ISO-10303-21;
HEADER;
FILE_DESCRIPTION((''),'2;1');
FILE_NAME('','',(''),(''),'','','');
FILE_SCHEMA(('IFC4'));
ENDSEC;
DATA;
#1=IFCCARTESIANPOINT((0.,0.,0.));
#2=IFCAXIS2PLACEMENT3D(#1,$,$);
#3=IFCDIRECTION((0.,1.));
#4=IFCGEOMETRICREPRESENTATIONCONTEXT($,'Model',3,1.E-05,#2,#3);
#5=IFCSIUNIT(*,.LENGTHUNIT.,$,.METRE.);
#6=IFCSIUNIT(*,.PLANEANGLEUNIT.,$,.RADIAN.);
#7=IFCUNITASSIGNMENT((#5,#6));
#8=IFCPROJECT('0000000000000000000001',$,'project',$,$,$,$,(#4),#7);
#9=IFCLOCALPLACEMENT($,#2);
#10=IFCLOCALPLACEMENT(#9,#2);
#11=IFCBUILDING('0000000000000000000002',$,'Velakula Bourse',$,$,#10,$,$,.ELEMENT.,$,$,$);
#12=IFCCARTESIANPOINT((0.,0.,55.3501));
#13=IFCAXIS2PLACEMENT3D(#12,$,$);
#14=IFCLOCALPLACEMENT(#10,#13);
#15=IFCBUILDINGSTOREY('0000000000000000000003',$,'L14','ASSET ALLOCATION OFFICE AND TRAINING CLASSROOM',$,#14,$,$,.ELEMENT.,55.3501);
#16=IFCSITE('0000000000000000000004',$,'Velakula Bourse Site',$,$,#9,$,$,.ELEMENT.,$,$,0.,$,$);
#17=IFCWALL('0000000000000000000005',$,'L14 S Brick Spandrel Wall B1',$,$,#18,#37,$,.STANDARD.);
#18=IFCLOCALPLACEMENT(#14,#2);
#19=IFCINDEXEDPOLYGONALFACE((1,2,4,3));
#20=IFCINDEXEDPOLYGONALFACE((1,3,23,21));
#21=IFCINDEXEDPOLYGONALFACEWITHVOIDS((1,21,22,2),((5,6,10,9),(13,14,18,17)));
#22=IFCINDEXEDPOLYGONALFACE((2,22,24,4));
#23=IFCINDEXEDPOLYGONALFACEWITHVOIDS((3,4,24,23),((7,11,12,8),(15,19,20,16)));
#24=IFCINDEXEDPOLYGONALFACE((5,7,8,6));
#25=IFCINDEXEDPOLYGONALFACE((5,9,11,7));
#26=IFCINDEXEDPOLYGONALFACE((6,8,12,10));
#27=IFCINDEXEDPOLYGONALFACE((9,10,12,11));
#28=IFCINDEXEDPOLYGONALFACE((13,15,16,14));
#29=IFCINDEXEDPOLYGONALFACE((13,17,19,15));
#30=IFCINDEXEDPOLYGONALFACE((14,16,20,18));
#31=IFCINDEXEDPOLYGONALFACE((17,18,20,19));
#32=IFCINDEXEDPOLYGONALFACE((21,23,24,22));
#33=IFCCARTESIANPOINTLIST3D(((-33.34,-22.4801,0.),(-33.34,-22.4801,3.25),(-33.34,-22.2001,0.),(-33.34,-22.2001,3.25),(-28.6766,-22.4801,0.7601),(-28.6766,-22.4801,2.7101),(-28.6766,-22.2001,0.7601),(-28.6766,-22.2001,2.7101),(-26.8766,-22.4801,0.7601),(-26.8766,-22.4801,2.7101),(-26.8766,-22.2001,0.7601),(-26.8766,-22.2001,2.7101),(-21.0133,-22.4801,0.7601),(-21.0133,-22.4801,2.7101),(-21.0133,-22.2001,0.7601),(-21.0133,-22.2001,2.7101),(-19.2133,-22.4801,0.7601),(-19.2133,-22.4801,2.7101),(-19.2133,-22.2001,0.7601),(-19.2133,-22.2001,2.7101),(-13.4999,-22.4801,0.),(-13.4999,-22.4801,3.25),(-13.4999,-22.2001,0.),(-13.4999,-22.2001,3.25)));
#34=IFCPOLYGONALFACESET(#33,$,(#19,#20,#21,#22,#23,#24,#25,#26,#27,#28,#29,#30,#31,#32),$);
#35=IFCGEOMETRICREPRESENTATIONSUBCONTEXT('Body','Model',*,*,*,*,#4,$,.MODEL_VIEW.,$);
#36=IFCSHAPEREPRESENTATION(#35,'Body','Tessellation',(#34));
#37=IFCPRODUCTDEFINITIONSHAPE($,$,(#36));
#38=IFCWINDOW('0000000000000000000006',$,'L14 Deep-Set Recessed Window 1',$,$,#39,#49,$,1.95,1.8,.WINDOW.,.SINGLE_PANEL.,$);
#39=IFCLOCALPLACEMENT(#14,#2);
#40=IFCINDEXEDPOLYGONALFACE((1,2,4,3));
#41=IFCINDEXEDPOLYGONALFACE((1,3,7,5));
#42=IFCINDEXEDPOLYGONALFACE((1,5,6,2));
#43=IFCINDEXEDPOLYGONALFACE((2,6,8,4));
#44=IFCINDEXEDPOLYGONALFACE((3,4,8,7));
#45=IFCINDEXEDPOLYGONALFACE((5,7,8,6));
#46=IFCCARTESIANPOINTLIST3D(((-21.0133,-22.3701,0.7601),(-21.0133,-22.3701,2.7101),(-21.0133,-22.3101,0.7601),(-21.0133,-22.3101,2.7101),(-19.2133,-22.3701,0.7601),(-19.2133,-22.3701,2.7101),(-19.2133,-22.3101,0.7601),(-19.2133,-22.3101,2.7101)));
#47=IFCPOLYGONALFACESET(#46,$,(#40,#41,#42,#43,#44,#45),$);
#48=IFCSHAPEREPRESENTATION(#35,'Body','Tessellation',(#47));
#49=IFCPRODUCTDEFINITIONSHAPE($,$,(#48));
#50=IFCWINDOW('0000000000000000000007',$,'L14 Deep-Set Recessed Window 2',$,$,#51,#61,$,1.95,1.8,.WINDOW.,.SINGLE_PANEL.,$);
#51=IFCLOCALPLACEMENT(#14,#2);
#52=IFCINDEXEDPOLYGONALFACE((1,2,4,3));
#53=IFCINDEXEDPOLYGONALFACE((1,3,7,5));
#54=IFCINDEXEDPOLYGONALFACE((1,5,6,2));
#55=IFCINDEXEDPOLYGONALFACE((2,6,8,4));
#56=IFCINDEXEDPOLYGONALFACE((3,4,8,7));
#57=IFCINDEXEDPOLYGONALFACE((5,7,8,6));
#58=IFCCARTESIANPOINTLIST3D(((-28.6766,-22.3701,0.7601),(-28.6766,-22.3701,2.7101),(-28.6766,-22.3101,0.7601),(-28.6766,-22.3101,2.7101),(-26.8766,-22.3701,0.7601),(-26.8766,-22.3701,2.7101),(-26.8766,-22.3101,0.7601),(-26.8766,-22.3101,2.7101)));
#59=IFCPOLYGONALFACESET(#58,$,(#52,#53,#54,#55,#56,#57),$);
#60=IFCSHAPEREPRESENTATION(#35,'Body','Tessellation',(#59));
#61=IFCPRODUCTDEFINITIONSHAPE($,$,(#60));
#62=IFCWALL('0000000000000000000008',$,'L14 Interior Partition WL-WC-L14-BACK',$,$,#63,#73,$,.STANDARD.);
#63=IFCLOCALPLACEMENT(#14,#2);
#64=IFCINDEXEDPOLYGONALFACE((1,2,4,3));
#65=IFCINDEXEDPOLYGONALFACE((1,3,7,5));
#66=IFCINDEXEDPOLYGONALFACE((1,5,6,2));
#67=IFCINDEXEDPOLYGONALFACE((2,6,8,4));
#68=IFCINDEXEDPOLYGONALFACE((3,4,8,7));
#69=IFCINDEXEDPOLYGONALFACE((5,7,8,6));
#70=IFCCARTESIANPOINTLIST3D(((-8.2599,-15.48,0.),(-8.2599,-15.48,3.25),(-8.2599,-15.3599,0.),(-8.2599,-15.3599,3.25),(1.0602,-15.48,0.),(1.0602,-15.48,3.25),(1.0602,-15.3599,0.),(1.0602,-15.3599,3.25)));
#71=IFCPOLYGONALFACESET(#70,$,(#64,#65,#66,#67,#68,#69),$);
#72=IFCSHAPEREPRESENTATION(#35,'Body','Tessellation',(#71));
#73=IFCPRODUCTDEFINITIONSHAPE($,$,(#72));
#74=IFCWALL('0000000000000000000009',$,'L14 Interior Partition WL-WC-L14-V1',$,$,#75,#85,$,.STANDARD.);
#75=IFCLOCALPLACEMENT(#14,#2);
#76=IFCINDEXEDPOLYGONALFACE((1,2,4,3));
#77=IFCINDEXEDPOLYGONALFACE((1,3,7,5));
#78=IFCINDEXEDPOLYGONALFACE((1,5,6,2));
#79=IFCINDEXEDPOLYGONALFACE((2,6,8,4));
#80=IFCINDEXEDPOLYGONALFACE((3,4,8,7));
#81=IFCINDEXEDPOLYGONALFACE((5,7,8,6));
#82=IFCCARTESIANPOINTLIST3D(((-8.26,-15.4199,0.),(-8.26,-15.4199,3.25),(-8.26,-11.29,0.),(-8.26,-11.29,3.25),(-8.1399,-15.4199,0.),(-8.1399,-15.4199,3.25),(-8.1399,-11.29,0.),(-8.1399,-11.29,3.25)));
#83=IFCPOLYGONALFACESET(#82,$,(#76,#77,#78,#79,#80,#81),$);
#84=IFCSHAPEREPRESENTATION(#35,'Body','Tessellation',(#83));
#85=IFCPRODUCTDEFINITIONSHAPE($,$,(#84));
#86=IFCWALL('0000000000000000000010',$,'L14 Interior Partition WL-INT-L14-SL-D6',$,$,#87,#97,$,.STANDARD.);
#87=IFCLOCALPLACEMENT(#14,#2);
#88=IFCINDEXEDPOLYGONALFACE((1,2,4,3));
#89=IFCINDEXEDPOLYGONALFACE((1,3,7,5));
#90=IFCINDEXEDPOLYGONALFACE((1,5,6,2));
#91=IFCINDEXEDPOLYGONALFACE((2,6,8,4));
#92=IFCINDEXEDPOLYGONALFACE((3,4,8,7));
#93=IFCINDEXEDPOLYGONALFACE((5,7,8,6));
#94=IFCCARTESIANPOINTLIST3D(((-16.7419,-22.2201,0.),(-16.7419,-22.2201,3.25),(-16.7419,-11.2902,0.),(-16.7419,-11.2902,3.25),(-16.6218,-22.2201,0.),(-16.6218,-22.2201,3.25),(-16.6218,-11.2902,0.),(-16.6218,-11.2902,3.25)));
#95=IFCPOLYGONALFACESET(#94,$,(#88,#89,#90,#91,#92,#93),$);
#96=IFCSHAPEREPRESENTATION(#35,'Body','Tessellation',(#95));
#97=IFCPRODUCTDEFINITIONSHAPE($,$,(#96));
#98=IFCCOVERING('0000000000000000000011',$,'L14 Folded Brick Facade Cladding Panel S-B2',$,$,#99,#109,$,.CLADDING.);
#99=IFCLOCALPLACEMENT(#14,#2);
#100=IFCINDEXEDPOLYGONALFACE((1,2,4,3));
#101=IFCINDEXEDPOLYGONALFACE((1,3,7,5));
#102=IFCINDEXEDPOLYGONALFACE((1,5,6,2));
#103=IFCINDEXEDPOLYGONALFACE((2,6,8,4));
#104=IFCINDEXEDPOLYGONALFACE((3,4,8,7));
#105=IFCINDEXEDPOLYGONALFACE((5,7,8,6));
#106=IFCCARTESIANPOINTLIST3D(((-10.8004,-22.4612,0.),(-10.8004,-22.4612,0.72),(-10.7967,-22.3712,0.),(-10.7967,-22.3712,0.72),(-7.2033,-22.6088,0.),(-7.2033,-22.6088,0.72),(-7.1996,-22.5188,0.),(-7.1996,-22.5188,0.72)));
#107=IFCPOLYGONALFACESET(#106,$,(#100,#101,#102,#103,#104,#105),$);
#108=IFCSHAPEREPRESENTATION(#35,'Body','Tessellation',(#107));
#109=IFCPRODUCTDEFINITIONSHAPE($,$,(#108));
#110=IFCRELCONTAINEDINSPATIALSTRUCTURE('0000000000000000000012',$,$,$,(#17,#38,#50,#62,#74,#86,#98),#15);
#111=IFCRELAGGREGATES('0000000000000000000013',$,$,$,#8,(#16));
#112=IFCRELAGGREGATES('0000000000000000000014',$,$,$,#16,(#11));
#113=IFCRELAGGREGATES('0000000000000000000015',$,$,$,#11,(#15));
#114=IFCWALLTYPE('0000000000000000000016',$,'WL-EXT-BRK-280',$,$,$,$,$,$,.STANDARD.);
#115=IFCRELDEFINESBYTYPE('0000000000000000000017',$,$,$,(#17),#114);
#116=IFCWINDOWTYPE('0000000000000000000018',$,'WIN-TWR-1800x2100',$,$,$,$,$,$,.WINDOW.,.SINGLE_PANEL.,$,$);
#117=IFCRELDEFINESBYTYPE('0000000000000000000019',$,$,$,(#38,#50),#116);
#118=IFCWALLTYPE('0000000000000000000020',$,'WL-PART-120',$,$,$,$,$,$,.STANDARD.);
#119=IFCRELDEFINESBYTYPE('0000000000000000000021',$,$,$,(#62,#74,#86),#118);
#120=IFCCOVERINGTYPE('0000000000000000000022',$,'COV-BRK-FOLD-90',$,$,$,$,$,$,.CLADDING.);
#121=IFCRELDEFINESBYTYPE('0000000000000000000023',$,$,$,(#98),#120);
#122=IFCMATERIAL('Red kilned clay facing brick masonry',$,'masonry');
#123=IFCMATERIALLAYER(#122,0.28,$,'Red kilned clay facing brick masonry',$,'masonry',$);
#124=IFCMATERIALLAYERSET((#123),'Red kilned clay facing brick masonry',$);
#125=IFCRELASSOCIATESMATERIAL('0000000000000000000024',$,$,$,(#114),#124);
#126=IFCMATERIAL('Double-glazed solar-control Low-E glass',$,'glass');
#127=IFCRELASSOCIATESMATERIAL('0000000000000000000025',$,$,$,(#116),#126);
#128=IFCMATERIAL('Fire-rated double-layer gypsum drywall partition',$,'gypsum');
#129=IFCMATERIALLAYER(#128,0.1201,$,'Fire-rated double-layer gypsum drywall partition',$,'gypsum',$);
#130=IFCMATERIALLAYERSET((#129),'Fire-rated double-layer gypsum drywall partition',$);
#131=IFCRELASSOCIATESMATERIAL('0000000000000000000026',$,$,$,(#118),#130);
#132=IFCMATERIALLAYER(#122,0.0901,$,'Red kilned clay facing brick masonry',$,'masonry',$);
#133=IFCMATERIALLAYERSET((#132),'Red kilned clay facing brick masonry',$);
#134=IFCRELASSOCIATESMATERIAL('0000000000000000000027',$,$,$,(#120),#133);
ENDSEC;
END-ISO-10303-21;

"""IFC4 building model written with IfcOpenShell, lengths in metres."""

from ifc_helpers import new_model, si_unit, direction, frame, frame_2d, origin, origin_2d, place, context, subcontext, project, spatial, rectangle, extrude, material, layer, layer_set, type_object, element, fill, save


model = new_model("IFC4")

# Units and contexts
model_context = context("Model", 3, precision=1e-05, world=origin(), true_north=direction((0.0, 1.0)))
body_context = subcontext(model_context, "Body", "Model", "MODEL_VIEW")
ifc_project = project(units=[si_unit("LENGTHUNIT", "METRE"), si_unit("PLANEANGLEUNIT", "RADIAN")], contexts=[model_context])

# Site, building, storey
site_placement = place(None, origin())
site = spatial("IfcSite", under=ifc_project, at=site_placement, Name="Velakula Bourse Site", CompositionType="ELEMENT", RefElevation=0.0)
building_placement = place(site_placement, origin())
building = spatial("IfcBuilding", under=site, at=building_placement, Name="Velakula Bourse", CompositionType="ELEMENT")
storey_placement = place(building_placement, frame((0.0, 0.0, 55.3501)))
storey = spatial("IfcBuildingStorey", under=building, at=storey_placement, Name="L14", Description="ASSET ALLOCATION OFFICE AND TRAINING CLASSROOM", CompositionType="ELEMENT", Elevation=55.3501)

# Wall, openings, windows
ifc_material_1 = material(Name="Red kilned clay facing brick masonry", Category="masonry")
ifc_layer_1 = layer(ifc_material_1, 0.28, Name="Red kilned clay facing brick masonry", Category="masonry")
ifc_layer_set_1 = layer_set([ifc_layer_1], Name="Red kilned clay facing brick masonry")
wall_type_1 = type_object("IfcWallType", Name="WL-EXT-BRK-280", PredefinedType="STANDARD", material=ifc_layer_set_1)
wall_1_placement = place(storey_placement, frame((-13.5, -22.3401, 0.0), z_axis=(0.0, 0.0, 1.0), x_axis=(-1.0, 0.0, 0.0)))
wall_1 = element("IfcWall", 1, at=wall_1_placement, inside=storey, type_object=wall_type_1, Name="L14 S Brick Spandrel Wall B1", PredefinedType="STANDARD", context=body_context, shape_type="SweptSolid", body=[
    extrude(rectangle(XDim=19.8401, YDim=0.28, at=frame_2d((9.9199, 0.0))), origin(), (0.0, 0.0, 1.0), 3.25),
])
opening_1_placement = place(wall_1_placement, frame((5.7134, 0.0, 0.76)))
opening_1 = element("IfcOpeningElement", 2, at=opening_1_placement, cuts=wall_1, PredefinedType="OPENING", context=body_context, shape_type="SweptSolid", body=[
    extrude(rectangle(XDim=1.8, YDim=1.95, at=frame_2d((0.8999, 0.9751))), frame((0.0, 0.1499, 0.0), z_axis=(0.0, -1.0, 0.0), x_axis=(1.0, 0.0, 0.0)), (0.0, 0.0, 1.0), 0.3),
])
opening_2_placement = place(wall_1_placement, frame((13.3767, 0.0, 0.76)))
opening_2 = element("IfcOpeningElement", 3, at=opening_2_placement, cuts=wall_1, PredefinedType="OPENING", context=body_context, shape_type="SweptSolid", body=[
    extrude(rectangle(XDim=1.8, YDim=1.95, at=frame_2d((0.8999, 0.9751))), frame((0.0, 0.1499, 0.0), z_axis=(0.0, -1.0, 0.0), x_axis=(1.0, 0.0, 0.0)), (0.0, 0.0, 1.0), 0.3),
])
ifc_material_2 = material(Name="Double-glazed solar-control Low-E glass", Category="glass")
window_type = type_object("IfcWindowType", Name="WIN-TWR-1800x2100", PartitioningType="SINGLE_PANEL", PredefinedType="WINDOW", material=ifc_material_2)
window_1_placement = place(opening_1_placement, origin())
window_1 = element("IfcWindow", 4, at=window_1_placement, inside=storey, type_object=window_type, Name="L14 Deep-Set Recessed Window 1", OverallHeight=1.95, OverallWidth=1.8, PartitioningType="SINGLE_PANEL", PredefinedType="WINDOW", context=body_context, shape_type="SweptSolid", body=[
    extrude(rectangle(XDim=1.8, YDim=1.95, at=frame_2d((0.8999, 0.9751))), frame((0.0, 0.03, 0.0), z_axis=(0.0, -1.0, 0.0), x_axis=(1.0, 0.0, 0.0)), (0.0, 0.0, 1.0), 0.0601),
])
fill(opening_1, window_1)
window_2_placement = place(opening_2_placement, origin())
window_2 = element("IfcWindow", 5, at=window_2_placement, inside=storey, type_object=window_type, Name="L14 Deep-Set Recessed Window 2", OverallHeight=1.95, OverallWidth=1.8, PartitioningType="SINGLE_PANEL", PredefinedType="WINDOW", context=body_context, shape_type="SweptSolid", body=[
    extrude(rectangle(XDim=1.8, YDim=1.95, at=frame_2d((0.8999, 0.9751))), frame((0.0, 0.03, 0.0), z_axis=(0.0, -1.0, 0.0), x_axis=(1.0, 0.0, 0.0)), (0.0, 0.0, 1.0), 0.0601),
])
fill(opening_2, window_2)

# Walls
ifc_material_3 = material(Name="Fire-rated double-layer gypsum drywall partition", Category="gypsum")
ifc_layer_2 = layer(ifc_material_3, 0.1201, Name="Fire-rated double-layer gypsum drywall partition", Category="gypsum")
ifc_layer_set_2 = layer_set([ifc_layer_2], Name="Fire-rated double-layer gypsum drywall partition")
wall_type_2 = type_object("IfcWallType", Name="WL-PART-120", PredefinedType="STANDARD", material=ifc_layer_set_2)
wall_2_placement = place(storey_placement, frame((-8.26, -15.4199, 0.0), z_axis=(0.0, 0.0, 1.0), x_axis=(1.0, 0.0, 0.0)))
element("IfcWall", 6, at=wall_2_placement, inside=storey, type_object=wall_type_2, Name="L14 Interior Partition WL-WC-L14-BACK", PredefinedType="STANDARD", context=body_context, shape_type="SweptSolid", body=[
    extrude(rectangle(XDim=9.3201, YDim=0.1201, at=frame_2d((4.6602, 0.0))), origin(), (0.0, 0.0, 1.0), 3.25),
])
wall_3_placement = place(storey_placement, frame((-8.2, -15.4199, 0.0), z_axis=(0.0, 0.0, 1.0), x_axis=(0.0, 1.0, 0.0)))
element("IfcWall", 7, at=wall_3_placement, inside=storey, type_object=wall_type_2, Name="L14 Interior Partition WL-WC-L14-V1", PredefinedType="STANDARD", context=body_context, shape_type="SweptSolid", body=[
    extrude(rectangle(XDim=4.1299, YDim=0.1201, at=frame_2d((2.0649, 0.0))), origin(), (0.0, 0.0, 1.0), 3.25),
])
wall_4_placement = place(storey_placement, frame((-16.6819, -22.22, 0.0), z_axis=(0.0, 0.0, 1.0), x_axis=(0.0, 1.0, 0.0)))
element("IfcWall", 8, at=wall_4_placement, inside=storey, type_object=wall_type_2, Name="L14 Interior Partition WL-INT-L14-SL-D6", PredefinedType="STANDARD", context=body_context, shape_type="SweptSolid", body=[
    extrude(rectangle(XDim=10.9299, YDim=0.1201, at=frame_2d((5.4648, 0.0))), origin(), (0.0, 0.0, 1.0), 3.25),
])

# Covering
ifc_layer_3 = layer(ifc_material_1, 0.0901, Name="Red kilned clay facing brick masonry", Category="masonry")
ifc_layer_set_3 = layer_set([ifc_layer_3], Name="Red kilned clay facing brick masonry")
covering_type = type_object("IfcCoveringType", Name="COV-BRK-FOLD-90", PredefinedType="CLADDING", material=ifc_layer_set_3)
covering_placement = place(storey_placement, frame((-9.0, -22.49, 0.0), z_axis=(0.0, 0.0, 1.0), x_axis=(0.999159, -0.041004, 0.0)))
element("IfcCovering", 9, at=covering_placement, inside=storey, type_object=covering_type, Name="L14 Folded Brick Facade Cladding Panel S-B2", PredefinedType="CLADDING", context=body_context, shape_type="SweptSolid", body=[
    extrude(rectangle(XDim=3.6001, YDim=0.0901, at=origin_2d()), origin(), (0.0, 0.0, 1.0), 0.72),
])

save(model, "model.ifc")
